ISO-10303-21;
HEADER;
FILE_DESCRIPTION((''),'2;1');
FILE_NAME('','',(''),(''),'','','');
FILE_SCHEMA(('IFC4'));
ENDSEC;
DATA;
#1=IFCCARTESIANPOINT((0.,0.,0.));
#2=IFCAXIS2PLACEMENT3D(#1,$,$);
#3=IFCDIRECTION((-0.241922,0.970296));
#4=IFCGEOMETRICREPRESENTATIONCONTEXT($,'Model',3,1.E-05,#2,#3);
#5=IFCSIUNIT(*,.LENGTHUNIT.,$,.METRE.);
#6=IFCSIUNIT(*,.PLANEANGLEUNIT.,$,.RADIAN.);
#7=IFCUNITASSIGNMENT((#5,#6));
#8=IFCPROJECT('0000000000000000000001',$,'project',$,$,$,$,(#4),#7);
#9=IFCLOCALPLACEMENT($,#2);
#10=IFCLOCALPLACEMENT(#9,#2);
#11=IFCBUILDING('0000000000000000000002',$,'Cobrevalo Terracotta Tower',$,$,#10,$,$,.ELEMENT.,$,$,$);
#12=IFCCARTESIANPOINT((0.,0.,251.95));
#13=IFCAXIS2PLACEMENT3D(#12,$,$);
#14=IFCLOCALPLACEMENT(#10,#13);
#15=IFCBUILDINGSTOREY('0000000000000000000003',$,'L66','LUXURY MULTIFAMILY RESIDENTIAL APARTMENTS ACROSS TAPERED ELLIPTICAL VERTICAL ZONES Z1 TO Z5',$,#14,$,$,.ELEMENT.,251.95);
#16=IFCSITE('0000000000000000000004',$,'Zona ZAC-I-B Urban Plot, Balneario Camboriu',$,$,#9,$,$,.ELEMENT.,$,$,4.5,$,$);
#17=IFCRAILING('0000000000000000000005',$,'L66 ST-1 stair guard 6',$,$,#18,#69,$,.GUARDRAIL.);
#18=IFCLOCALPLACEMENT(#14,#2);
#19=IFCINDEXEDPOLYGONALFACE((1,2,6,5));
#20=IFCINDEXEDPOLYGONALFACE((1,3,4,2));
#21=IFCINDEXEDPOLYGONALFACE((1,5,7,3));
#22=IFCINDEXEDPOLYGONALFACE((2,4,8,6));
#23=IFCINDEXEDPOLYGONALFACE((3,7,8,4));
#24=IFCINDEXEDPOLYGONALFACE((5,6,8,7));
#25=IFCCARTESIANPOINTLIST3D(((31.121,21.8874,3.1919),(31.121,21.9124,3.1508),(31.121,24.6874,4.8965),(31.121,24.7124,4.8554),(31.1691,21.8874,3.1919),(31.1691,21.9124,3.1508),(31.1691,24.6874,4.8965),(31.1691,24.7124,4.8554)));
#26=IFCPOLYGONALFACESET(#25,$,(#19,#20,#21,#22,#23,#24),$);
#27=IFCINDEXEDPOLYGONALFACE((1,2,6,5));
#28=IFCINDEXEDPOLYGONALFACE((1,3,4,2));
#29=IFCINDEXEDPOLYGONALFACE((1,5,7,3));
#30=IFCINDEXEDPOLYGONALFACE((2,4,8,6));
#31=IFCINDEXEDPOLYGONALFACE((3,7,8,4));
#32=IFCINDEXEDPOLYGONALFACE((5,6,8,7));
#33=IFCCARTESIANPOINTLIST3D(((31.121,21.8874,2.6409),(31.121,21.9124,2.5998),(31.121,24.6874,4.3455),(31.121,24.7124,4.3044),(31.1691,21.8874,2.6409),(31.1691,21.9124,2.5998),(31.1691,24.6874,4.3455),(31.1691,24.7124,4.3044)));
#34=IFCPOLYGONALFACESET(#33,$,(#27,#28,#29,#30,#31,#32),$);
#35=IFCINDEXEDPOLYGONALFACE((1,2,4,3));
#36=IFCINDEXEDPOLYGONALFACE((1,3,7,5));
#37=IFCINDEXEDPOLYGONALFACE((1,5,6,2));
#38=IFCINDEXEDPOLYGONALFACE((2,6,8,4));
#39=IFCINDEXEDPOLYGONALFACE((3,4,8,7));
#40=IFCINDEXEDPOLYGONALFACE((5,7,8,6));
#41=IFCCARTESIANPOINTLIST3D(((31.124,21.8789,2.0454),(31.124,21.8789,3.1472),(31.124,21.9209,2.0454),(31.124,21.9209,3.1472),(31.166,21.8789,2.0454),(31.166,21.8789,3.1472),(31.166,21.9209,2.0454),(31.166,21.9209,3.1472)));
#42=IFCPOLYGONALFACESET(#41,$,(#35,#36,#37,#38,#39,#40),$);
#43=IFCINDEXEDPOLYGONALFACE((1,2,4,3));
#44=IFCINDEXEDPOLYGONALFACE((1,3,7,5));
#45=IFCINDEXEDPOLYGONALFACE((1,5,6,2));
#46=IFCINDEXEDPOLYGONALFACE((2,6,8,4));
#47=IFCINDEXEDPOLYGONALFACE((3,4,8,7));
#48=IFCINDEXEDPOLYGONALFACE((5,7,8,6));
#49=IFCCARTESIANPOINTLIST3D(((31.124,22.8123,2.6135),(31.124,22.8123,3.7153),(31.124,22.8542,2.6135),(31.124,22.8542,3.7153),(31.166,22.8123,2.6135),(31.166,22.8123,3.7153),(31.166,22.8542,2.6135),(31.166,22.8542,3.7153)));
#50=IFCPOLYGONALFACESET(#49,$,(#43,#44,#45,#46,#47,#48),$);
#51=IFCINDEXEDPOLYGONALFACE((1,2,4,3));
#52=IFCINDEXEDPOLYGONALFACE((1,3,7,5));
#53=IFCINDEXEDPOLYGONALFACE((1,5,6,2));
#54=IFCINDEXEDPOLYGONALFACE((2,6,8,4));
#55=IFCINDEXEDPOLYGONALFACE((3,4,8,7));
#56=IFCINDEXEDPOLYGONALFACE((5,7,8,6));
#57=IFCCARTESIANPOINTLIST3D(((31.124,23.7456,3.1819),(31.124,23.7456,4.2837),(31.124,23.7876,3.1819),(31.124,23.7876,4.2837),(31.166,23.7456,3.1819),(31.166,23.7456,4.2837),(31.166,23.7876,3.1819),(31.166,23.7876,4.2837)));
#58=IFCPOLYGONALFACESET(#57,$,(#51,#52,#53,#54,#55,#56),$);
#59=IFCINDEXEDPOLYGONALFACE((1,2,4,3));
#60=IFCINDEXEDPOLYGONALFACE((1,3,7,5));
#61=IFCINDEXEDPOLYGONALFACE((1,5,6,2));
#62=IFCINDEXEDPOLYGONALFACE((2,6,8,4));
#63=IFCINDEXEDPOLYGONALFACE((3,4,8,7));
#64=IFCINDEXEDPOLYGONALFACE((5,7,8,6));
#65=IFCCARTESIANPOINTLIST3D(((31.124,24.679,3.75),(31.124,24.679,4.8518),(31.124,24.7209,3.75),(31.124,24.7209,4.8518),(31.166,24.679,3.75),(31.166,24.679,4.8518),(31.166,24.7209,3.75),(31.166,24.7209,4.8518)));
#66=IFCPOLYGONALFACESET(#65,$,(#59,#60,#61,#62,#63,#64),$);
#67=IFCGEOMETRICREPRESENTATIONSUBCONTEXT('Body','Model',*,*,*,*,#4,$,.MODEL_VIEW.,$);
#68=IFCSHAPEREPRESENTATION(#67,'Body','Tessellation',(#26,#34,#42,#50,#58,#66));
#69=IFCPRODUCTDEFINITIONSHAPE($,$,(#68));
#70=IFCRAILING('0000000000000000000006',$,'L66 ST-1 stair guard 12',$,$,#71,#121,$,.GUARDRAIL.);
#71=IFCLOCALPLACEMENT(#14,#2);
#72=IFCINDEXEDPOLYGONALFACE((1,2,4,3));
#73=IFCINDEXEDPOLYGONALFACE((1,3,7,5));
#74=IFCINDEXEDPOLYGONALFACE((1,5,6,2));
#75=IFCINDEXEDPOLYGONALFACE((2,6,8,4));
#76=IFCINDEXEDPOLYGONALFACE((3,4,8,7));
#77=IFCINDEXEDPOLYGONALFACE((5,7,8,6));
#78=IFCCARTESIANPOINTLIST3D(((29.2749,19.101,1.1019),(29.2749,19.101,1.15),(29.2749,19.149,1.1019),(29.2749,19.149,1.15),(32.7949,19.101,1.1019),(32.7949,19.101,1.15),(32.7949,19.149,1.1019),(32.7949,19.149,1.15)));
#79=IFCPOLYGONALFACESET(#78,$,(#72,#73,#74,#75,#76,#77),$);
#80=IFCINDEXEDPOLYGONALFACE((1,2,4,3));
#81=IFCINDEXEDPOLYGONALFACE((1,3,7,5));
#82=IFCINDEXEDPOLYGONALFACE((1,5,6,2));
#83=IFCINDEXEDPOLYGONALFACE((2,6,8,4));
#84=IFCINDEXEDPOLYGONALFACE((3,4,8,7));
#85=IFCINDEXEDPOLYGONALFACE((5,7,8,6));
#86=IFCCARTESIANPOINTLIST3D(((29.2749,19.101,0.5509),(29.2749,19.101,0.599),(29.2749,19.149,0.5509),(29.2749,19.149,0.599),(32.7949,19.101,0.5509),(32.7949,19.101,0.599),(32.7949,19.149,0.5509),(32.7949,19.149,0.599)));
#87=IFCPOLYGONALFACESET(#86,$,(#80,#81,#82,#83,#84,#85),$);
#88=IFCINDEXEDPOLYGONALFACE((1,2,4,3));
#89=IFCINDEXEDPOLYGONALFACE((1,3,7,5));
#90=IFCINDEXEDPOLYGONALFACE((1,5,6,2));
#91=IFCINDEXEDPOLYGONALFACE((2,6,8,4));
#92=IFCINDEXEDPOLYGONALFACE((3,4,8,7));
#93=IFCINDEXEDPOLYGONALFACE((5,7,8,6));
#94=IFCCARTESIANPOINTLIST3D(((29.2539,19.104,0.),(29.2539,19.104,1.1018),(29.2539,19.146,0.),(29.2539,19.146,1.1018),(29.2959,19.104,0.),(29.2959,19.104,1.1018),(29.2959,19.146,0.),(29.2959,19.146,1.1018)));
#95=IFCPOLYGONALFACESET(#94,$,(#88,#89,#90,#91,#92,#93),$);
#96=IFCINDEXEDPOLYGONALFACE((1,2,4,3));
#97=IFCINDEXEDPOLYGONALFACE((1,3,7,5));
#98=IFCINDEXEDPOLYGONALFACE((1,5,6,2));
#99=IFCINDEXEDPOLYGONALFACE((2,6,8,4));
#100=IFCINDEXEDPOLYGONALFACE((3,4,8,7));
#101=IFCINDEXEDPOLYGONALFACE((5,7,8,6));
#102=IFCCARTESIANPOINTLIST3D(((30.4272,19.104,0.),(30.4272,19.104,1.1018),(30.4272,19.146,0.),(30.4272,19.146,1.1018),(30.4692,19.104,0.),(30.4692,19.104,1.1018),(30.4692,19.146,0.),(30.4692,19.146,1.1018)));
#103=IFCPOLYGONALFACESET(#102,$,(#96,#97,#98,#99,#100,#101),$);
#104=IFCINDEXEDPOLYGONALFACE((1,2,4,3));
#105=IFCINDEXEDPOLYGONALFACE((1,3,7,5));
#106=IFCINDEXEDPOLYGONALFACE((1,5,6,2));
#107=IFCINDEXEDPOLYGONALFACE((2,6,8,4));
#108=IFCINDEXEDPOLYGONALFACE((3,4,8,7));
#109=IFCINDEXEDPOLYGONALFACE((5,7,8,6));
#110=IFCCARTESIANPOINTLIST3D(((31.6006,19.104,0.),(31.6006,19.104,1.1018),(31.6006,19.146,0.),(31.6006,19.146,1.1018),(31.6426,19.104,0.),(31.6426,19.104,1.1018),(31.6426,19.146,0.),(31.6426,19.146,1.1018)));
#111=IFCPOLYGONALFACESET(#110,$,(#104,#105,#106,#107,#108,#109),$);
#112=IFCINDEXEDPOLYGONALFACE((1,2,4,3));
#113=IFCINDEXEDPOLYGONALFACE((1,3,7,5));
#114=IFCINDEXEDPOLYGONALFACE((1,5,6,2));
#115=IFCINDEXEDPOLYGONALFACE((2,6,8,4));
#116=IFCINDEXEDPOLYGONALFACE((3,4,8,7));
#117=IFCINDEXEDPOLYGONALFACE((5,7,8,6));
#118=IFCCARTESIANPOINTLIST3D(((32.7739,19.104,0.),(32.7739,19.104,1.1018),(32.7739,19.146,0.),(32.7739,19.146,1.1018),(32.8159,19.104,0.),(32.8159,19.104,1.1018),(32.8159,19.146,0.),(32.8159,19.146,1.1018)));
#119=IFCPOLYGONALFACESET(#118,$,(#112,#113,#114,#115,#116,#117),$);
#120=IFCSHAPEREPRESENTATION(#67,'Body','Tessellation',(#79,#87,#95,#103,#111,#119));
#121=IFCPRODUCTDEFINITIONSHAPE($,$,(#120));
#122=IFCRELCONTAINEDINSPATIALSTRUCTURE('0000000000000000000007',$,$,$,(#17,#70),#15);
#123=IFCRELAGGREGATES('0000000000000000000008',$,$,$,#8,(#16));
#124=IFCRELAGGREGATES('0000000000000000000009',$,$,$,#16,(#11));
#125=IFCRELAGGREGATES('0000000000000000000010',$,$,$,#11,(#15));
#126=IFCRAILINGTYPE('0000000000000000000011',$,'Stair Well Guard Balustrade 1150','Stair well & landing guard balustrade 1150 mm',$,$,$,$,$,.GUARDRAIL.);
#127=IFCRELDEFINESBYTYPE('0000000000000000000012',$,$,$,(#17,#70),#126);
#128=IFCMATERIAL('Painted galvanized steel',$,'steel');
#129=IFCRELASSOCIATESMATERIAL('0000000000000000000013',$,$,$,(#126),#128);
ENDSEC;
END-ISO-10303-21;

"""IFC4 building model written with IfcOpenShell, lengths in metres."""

from ifc_helpers import new_model, si_unit, direction, frame, origin, origin_2d, place, context, subcontext, project, spatial, rectangle, extrude, material, type_object, element, save


model = new_model("IFC4")

# Units and contexts
model_context = context("Model", 3, precision=1e-05, world=origin(), true_north=direction((-0.241922, 0.970296)))
body_context = subcontext(model_context, "Body", "Model", "MODEL_VIEW")
ifc_project = project(units=[si_unit("LENGTHUNIT", "METRE"), si_unit("PLANEANGLEUNIT", "RADIAN")], contexts=[model_context])

# Site, building, storey
site_placement = place(None, origin())
site = spatial("IfcSite", under=ifc_project, at=site_placement, Name="Zona ZAC-I-B Urban Plot, Balneario Camboriu", CompositionType="ELEMENT", RefElevation=4.5)
building_placement = place(site_placement, origin())
building = spatial("IfcBuilding", under=site, at=building_placement, Name="Cobrevalo Terracotta Tower", CompositionType="ELEMENT")
storey_placement = place(building_placement, frame((0.0, 0.0, 251.95)))
storey = spatial("IfcBuildingStorey", under=building, at=storey_placement, Name="L66", Description="LUXURY MULTIFAMILY RESIDENTIAL APARTMENTS ACROSS TAPERED ELLIPTICAL VERTICAL ZONES Z1 TO Z5", CompositionType="ELEMENT", Elevation=251.95)

# Railings
ifc_material_1 = material(Name="Painted galvanized steel", Category="steel")
railing_type_1 = type_object("IfcRailingType", Name="Stair Well Guard Balustrade 1150", Description="Stair well & landing guard balustrade 1150 mm", PredefinedType="GUARDRAIL", material=ifc_material_1)
railing_1_placement = place(storey_placement, frame((31.145, 21.8999, 2.0454)))
element("IfcRailing", 1, at=railing_1_placement, inside=storey, type_object=railing_type_1, Name="L66 ST-1 stair guard 6", PredefinedType="GUARDRAIL", context=body_context, shape_type="SweptSolid", body=[
    extrude(rectangle(XDim=0.0481, YDim=0.0481, at=origin_2d()), frame((0.0, 0.0, 1.126), z_axis=(0.0, 0.85417, 0.519994), x_axis=(-1.0, 0.0, 0.0)), (0.0, 0.0, 1.0), 3.2781),
    extrude(rectangle(XDim=0.0481, YDim=0.0481, at=origin_2d()), frame((0.0, 0.0, 0.575), z_axis=(0.0, 0.85417, 0.519994), x_axis=(-1.0, 0.0, 0.0)), (0.0, 0.0, 1.0), 3.2781),
    extrude(rectangle(XDim=0.042, YDim=0.042, at=origin_2d()), origin(), (0.0, 0.0, 1.0), 1.1018),
    extrude(rectangle(XDim=0.042, YDim=0.042, at=origin_2d()), frame((0.0, 0.9333, 0.5681)), (0.0, 0.0, 1.0), 1.1018),
    extrude(rectangle(XDim=0.042, YDim=0.042, at=origin_2d()), frame((0.0, 1.8667, 1.1365)), (0.0, 0.0, 1.0), 1.1018),
    extrude(rectangle(XDim=0.042, YDim=0.042, at=origin_2d()), frame((0.0, 2.8, 1.7046)), (0.0, 0.0, 1.0), 1.1018),
])
railing_2_placement = place(storey_placement, frame((29.2749, 19.125, 0.0)))
element("IfcRailing", 2, at=railing_2_placement, inside=storey, type_object=railing_type_1, Name="L66 ST-1 stair guard 12", PredefinedType="GUARDRAIL", context=body_context, shape_type="SweptSolid", body=[
    extrude(rectangle(XDim=0.0481, YDim=0.0481, at=origin_2d()), frame((0.0, 0.0, 1.126), z_axis=(1.0, 0.0, 0.0), x_axis=(0.0, 1.0, 0.0)), (0.0, 0.0, 1.0), 3.52),
    extrude(rectangle(XDim=0.0481, YDim=0.0481, at=origin_2d()), frame((0.0, 0.0, 0.575), z_axis=(1.0, 0.0, 0.0), x_axis=(0.0, 1.0, 0.0)), (0.0, 0.0, 1.0), 3.52),
    extrude(rectangle(XDim=0.042, YDim=0.042, at=origin_2d()), origin(), (0.0, 0.0, 1.0), 1.1018),
    extrude(rectangle(XDim=0.042, YDim=0.042, at=origin_2d()), frame((1.1733, 0.0, 0.0)), (0.0, 0.0, 1.0), 1.1018),
    extrude(rectangle(XDim=0.042, YDim=0.042, at=origin_2d()), frame((2.3467, 0.0, 0.0)), (0.0, 0.0, 1.0), 1.1018),
    extrude(rectangle(XDim=0.042, YDim=0.042, at=origin_2d()), frame((3.52, 0.0, 0.0)), (0.0, 0.0, 1.0), 1.1018),
])

save(model, "model.ifc")
